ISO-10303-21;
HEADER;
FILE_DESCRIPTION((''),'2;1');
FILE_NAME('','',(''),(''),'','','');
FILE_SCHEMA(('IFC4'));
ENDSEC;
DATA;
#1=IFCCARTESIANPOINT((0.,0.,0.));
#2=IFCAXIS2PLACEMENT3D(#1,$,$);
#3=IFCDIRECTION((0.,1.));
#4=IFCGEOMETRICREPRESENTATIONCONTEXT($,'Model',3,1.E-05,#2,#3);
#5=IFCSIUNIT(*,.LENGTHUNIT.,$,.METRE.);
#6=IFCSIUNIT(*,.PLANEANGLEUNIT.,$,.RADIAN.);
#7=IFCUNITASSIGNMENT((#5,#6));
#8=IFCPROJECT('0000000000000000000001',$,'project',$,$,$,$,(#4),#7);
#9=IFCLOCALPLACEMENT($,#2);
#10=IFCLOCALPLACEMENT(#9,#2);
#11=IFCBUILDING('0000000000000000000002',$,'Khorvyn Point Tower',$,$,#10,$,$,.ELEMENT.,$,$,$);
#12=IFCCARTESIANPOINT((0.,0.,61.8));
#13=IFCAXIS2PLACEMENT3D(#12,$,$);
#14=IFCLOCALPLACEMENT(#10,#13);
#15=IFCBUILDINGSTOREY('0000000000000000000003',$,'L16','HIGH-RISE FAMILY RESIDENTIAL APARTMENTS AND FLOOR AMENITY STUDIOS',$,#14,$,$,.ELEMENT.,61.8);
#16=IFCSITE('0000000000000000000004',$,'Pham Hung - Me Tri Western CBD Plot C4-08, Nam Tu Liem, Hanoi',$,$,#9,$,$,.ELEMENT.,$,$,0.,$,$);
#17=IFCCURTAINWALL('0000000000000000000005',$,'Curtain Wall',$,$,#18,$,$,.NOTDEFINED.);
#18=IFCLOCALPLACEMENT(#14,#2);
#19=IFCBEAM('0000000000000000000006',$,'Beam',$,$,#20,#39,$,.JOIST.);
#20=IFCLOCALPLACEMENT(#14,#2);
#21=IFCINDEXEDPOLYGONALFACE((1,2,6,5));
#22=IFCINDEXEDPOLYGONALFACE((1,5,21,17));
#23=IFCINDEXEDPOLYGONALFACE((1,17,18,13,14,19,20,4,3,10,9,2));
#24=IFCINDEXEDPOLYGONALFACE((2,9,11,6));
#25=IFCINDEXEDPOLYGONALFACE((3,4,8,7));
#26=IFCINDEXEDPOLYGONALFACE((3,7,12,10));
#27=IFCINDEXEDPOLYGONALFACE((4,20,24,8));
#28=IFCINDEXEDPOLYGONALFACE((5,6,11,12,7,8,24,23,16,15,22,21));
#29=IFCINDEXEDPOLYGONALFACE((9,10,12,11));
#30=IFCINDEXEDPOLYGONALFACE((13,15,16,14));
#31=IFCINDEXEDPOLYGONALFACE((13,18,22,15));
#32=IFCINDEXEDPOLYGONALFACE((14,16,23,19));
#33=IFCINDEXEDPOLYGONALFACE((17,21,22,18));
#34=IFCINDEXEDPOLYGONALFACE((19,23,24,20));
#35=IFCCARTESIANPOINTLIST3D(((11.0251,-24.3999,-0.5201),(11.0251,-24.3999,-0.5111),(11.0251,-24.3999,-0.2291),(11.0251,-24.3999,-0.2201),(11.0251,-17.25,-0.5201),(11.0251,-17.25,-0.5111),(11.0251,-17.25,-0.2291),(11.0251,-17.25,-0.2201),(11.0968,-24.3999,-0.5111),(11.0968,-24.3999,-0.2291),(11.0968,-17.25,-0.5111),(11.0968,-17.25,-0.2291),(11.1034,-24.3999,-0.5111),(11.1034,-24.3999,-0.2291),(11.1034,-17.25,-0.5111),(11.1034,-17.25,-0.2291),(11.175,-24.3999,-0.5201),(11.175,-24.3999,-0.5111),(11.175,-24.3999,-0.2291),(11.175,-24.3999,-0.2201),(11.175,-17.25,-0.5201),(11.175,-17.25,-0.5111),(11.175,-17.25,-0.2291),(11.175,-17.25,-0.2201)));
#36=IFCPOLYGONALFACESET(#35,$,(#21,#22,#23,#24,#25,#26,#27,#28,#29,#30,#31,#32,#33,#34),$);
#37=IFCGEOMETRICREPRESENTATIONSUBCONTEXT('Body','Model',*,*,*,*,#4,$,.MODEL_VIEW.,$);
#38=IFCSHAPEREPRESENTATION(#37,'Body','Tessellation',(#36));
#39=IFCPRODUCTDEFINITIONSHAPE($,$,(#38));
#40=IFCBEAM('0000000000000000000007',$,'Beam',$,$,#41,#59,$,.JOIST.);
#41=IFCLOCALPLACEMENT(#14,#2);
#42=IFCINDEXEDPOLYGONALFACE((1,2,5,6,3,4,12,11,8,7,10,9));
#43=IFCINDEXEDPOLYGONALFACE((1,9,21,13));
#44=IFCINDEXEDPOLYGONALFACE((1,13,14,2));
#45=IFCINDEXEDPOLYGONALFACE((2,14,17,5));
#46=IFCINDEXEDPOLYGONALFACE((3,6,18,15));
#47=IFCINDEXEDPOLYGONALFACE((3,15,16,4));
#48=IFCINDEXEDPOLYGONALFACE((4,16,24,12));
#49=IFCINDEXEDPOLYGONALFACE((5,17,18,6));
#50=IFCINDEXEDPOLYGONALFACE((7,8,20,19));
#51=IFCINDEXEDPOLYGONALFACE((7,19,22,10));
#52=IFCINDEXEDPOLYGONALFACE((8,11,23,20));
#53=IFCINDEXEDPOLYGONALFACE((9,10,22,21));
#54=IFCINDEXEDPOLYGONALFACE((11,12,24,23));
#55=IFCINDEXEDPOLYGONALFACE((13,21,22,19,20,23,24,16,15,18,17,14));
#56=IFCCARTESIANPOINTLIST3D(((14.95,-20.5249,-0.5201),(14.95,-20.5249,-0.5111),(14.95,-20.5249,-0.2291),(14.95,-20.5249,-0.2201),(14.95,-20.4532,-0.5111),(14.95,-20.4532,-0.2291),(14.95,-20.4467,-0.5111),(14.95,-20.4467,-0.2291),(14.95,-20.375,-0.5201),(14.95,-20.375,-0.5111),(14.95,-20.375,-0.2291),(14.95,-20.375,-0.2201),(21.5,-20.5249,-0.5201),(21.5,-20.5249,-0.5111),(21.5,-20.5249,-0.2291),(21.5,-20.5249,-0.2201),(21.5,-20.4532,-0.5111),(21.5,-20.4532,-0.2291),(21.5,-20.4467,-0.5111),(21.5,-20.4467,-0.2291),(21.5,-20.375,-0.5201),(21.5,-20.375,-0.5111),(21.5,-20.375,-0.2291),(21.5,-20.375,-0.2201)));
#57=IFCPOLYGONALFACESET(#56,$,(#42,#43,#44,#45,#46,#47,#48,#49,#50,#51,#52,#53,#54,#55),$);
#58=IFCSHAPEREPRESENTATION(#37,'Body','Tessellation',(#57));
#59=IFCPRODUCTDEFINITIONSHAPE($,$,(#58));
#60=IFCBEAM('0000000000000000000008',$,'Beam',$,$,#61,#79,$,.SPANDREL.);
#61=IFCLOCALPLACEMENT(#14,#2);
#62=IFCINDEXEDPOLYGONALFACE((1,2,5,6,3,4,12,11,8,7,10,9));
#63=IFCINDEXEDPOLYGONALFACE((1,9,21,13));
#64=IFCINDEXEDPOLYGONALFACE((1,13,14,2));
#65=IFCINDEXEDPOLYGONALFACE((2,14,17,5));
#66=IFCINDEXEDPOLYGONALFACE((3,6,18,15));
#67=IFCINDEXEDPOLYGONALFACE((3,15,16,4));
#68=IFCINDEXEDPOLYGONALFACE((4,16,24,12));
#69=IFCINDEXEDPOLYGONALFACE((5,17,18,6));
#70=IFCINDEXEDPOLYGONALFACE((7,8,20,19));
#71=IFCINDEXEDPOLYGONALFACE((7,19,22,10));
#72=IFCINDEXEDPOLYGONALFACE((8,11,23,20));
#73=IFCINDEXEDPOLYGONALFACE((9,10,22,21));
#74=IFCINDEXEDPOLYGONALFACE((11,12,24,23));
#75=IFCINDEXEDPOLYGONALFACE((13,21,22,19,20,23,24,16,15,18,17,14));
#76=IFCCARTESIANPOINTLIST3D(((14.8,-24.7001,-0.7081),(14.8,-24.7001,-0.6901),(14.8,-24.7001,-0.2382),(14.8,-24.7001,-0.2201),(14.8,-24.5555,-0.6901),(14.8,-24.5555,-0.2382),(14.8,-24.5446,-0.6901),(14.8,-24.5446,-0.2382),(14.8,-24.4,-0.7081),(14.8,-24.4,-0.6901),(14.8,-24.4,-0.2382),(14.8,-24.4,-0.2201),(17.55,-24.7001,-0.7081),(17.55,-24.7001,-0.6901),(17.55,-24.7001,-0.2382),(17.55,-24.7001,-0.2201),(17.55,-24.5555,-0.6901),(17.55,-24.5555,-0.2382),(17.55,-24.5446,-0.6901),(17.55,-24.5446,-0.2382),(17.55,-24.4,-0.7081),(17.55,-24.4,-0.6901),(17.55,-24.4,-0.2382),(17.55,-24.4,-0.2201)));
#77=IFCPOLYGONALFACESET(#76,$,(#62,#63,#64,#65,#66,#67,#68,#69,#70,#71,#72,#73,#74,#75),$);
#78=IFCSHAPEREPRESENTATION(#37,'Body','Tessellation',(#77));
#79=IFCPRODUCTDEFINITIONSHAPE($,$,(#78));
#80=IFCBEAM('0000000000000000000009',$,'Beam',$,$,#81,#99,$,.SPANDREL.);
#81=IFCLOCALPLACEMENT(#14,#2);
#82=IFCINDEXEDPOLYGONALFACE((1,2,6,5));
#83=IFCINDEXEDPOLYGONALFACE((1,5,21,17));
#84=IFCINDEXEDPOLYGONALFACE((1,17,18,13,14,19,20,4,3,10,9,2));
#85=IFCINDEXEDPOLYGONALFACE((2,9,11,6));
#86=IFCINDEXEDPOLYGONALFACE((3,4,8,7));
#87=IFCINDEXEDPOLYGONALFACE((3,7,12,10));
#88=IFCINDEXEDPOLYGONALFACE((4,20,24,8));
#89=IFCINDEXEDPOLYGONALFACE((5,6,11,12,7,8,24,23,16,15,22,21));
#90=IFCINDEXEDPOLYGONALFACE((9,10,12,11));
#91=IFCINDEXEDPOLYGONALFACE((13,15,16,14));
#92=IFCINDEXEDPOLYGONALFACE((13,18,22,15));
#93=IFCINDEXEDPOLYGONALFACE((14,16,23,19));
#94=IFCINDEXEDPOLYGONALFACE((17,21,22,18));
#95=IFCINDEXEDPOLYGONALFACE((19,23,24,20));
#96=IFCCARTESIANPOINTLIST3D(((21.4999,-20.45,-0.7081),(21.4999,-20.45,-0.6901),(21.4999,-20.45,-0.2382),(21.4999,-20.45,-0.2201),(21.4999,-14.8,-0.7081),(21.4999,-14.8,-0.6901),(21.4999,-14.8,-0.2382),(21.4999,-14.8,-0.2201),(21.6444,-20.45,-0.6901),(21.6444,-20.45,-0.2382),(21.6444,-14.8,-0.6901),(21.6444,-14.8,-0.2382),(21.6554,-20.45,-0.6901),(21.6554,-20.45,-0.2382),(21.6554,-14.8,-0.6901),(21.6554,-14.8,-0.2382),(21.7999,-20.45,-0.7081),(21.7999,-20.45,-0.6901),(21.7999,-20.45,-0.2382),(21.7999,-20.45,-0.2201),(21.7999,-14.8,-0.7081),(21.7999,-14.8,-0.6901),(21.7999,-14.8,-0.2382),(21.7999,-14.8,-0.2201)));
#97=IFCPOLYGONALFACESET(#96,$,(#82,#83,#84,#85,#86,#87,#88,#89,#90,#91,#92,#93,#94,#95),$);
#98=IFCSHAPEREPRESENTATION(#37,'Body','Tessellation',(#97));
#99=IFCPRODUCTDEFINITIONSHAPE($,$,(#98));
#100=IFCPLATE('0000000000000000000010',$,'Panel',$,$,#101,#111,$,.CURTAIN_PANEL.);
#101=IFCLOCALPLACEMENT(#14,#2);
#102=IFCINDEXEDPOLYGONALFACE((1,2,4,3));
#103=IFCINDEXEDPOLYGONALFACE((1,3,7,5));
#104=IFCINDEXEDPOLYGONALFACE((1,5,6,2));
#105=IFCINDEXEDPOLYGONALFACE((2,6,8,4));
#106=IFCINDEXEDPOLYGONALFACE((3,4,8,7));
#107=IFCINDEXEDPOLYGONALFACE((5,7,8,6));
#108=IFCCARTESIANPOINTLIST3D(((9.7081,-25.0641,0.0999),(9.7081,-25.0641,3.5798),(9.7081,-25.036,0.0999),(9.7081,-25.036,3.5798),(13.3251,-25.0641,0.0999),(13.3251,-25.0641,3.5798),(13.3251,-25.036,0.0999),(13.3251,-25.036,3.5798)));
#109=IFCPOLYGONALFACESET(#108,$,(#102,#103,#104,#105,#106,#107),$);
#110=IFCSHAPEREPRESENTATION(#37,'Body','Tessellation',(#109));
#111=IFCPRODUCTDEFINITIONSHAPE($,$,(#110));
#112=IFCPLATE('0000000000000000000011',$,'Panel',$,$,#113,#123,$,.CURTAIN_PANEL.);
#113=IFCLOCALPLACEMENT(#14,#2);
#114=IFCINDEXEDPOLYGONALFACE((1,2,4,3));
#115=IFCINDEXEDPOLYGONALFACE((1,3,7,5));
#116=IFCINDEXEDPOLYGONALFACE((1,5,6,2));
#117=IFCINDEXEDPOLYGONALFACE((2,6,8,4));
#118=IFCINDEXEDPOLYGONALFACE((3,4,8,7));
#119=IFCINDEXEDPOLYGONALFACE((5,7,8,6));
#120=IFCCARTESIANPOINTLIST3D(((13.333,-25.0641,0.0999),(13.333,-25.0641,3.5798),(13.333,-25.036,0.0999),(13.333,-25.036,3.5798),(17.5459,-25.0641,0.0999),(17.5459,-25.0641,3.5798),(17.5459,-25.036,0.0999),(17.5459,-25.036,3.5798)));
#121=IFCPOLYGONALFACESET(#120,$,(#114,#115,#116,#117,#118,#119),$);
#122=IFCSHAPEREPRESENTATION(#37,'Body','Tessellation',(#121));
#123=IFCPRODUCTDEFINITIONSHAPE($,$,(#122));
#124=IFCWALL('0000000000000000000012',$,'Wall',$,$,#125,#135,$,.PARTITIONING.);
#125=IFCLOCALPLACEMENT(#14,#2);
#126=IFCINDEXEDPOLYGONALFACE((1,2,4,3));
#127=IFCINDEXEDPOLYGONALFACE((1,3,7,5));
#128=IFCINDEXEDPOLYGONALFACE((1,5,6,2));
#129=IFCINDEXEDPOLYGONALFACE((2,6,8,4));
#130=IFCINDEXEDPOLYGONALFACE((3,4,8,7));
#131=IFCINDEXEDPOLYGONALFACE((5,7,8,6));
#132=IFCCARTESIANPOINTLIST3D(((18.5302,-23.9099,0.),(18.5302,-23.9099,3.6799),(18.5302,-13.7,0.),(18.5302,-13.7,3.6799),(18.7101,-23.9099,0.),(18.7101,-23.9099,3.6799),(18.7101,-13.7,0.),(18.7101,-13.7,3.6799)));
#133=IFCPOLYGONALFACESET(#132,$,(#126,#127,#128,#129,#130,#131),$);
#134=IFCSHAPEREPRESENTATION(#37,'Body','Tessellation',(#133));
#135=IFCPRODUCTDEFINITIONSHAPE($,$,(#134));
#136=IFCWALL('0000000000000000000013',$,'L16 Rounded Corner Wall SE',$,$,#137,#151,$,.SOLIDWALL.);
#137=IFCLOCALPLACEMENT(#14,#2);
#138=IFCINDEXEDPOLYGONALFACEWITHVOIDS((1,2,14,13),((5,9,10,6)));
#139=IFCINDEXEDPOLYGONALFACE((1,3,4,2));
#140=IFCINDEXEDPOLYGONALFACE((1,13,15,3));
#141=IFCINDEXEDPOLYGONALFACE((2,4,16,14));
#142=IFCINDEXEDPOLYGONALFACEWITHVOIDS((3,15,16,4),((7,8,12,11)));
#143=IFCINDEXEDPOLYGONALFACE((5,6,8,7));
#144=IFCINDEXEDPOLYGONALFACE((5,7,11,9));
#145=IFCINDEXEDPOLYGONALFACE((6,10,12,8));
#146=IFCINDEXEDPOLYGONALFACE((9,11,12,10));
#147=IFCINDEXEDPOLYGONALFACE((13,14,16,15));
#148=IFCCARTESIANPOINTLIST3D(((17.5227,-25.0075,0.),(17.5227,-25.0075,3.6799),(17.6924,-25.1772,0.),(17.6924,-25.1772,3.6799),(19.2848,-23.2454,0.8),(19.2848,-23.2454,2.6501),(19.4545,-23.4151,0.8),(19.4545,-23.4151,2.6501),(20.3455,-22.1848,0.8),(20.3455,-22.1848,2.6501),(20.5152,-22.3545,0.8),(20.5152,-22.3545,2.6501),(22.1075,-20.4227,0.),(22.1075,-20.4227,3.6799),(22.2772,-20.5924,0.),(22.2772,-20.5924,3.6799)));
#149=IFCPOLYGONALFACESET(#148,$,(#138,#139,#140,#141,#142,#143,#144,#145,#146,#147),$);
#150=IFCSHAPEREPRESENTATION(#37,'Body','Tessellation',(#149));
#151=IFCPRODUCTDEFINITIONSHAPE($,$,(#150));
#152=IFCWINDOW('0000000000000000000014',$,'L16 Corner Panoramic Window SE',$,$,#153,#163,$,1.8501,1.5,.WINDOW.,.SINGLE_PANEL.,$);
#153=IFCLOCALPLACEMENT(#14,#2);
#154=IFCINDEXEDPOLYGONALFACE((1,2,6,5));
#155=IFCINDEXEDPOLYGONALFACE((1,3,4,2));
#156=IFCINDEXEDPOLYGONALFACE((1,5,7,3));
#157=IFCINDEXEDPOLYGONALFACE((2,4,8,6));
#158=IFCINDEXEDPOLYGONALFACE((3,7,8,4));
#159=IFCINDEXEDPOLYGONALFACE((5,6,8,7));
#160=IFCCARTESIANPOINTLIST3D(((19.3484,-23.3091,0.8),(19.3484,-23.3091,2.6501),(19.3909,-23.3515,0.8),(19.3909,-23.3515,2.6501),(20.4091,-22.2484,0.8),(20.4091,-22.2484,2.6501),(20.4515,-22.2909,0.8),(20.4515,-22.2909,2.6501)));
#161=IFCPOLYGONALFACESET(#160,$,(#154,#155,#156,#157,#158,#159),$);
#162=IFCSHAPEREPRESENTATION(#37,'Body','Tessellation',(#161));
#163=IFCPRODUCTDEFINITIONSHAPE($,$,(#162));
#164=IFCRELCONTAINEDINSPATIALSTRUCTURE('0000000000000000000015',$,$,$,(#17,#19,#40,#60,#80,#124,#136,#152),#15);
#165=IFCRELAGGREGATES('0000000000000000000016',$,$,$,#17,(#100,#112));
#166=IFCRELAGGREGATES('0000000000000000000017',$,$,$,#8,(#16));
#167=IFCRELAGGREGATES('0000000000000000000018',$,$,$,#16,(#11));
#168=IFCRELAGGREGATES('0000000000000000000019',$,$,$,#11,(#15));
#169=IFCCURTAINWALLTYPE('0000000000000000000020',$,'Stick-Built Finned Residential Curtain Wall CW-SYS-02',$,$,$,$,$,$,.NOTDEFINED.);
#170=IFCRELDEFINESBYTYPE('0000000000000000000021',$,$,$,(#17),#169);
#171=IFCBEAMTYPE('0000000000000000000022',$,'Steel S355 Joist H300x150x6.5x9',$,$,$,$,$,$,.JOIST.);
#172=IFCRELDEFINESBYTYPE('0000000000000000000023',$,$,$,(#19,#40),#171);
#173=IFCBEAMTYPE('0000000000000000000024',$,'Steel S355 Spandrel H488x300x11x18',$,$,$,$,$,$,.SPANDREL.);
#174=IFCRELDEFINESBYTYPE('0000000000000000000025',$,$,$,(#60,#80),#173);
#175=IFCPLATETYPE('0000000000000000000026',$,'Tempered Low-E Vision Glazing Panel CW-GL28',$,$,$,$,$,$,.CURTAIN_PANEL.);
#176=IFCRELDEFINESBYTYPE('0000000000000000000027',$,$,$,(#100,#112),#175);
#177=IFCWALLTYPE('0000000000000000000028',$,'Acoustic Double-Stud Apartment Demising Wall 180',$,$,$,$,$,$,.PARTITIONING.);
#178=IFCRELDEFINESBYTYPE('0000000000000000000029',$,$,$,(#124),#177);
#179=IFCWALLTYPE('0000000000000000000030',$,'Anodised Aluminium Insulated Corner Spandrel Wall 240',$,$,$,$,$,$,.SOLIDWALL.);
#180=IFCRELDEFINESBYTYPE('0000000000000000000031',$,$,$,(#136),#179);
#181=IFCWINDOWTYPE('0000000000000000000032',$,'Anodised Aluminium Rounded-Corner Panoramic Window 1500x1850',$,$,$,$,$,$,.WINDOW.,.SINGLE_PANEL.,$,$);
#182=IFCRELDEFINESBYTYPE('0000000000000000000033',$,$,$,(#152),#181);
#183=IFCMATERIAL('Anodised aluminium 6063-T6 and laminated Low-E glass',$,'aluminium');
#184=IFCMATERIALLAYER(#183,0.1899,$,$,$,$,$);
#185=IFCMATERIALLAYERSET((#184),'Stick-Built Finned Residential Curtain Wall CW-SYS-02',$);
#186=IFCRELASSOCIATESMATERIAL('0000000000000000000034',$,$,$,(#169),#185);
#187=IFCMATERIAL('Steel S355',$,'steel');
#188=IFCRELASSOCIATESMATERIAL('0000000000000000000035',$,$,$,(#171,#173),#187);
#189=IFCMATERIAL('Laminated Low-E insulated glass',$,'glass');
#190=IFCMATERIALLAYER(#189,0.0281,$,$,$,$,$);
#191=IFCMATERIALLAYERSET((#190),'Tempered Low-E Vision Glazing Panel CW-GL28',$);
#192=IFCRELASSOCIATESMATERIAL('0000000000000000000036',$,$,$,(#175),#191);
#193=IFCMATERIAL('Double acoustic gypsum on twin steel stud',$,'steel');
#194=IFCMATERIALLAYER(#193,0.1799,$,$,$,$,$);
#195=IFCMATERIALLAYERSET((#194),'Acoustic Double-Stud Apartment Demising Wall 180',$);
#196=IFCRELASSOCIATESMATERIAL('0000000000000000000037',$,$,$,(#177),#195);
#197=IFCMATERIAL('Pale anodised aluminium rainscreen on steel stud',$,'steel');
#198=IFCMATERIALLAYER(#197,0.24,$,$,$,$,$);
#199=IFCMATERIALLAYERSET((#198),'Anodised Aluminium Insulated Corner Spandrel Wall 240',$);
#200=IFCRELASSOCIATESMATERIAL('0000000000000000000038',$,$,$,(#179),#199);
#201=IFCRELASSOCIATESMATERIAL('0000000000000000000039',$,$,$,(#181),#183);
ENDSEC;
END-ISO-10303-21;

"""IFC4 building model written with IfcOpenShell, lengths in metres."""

from ifc_helpers import new_model, si_unit, direction, frame, frame_2d, origin, origin_2d, place, context, subcontext, project, spatial, rectangle, i_section, extrude, material, layer, layer_set, material_profile, profile_set, type_object, element, fill, aggregate, save


model = new_model("IFC4")

# Units and contexts
model_context = context("Model", 3, precision=1e-05, world=origin(), true_north=direction((0.0, 1.0)))
body_context = subcontext(model_context, "Body", "Model", "MODEL_VIEW")
ifc_project = project(units=[si_unit("LENGTHUNIT", "METRE"), si_unit("PLANEANGLEUNIT", "RADIAN")], contexts=[model_context])

# Site, building, storey
site_placement = place(None, origin())
site = spatial("IfcSite", under=ifc_project, at=site_placement, Name="Pham Hung - Me Tri Western CBD Plot C4-08, Nam Tu Liem, Hanoi", CompositionType="ELEMENT", RefElevation=0.0)
building_placement = place(site_placement, origin())
building = spatial("IfcBuilding", under=site, at=building_placement, Name="Khorvyn Point Tower", CompositionType="ELEMENT")
storey_placement = place(building_placement, frame((0.0, 0.0, 61.8)))
storey = spatial("IfcBuildingStorey", under=building, at=storey_placement, Name="L16", Description="HIGH-RISE FAMILY RESIDENTIAL APARTMENTS AND FLOOR AMENITY STUDIOS", CompositionType="ELEMENT", Elevation=61.8)

# Curtain wall
ifc_material_1 = material(Name="Anodised aluminium 6063-T6 and laminated Low-E glass", Category="aluminium")
ifc_layer_1 = layer(ifc_material_1, 0.1899)
ifc_layer_set_1 = layer_set([ifc_layer_1], Name="Stick-Built Finned Residential Curtain Wall CW-SYS-02")
curtain_wall_type = type_object("IfcCurtainWallType", Name="Stick-Built Finned Residential Curtain Wall CW-SYS-02", PredefinedType="NOTDEFINED", material=ifc_layer_set_1)
curtain_wall_1_placement = place(storey_placement, origin())
curtain_wall_1 = element("IfcCurtainWall", 1, at=curtain_wall_1_placement, inside=storey, type_object=curtain_wall_type, Name="Curtain Wall", PredefinedType="NOTDEFINED")

# Beams
ifc_material_2 = material(Name="Steel S355", Category="steel")
ifc_material_profile_1 = material_profile(ifc_material_2, i_section(OverallWidth=0.1499, OverallDepth=0.3, WebThickness=0.0066, FlangeThickness=0.009, at=origin_2d()))
ifc_profile_set_1 = profile_set([ifc_material_profile_1], Name="Steel S355 H300x150x6.5x9")
beam_type_1 = type_object("IfcBeamType", Name="Steel S355 Joist H300x150x6.5x9", PredefinedType="JOIST", material=ifc_profile_set_1)
beam_1_placement = place(storey_placement, frame((11.1001, -24.3999, -0.3701), z_axis=(0.0, 1.0, 0.0), x_axis=(-1.0, 0.0, 0.0)))
element("IfcBeam", 2, at=beam_1_placement, inside=storey, type_object=beam_type_1, Name="Beam", PredefinedType="JOIST", context=body_context, shape_type="SweptSolid", body=[
    extrude(i_section(OverallWidth=0.1499, OverallDepth=0.3, WebThickness=0.0066, FlangeThickness=0.009, at=origin_2d()), origin(), (0.0, 0.0, 1.0), 7.1499),
])
beam_2_placement = place(storey_placement, frame((14.95, -20.45, -0.3701), z_axis=(1.0, 0.0, 0.0), x_axis=(0.0, 1.0, 0.0)))
element("IfcBeam", 3, at=beam_2_placement, inside=storey, type_object=beam_type_1, Name="Beam", PredefinedType="JOIST", context=body_context, shape_type="SweptSolid", body=[
    extrude(i_section(OverallWidth=0.1499, OverallDepth=0.3, WebThickness=0.0066, FlangeThickness=0.009, at=origin_2d()), origin(), (0.0, 0.0, 1.0), 6.55),
])
ifc_material_profile_2 = material_profile(ifc_material_2, i_section(OverallWidth=0.3, OverallDepth=0.488, WebThickness=0.011, FlangeThickness=0.0181, at=origin_2d()))
ifc_profile_set_2 = profile_set([ifc_material_profile_2], Name="Steel S355 H488x300x11x18")
beam_type_2 = type_object("IfcBeamType", Name="Steel S355 Spandrel H488x300x11x18", PredefinedType="SPANDREL", material=ifc_profile_set_2)
beam_3_placement = place(storey_placement, frame((14.8, -24.55, -0.4641), z_axis=(1.0, 0.0, 0.0), x_axis=(0.0, 1.0, 0.0)))
element("IfcBeam", 4, at=beam_3_placement, inside=storey, type_object=beam_type_2, Name="Beam", PredefinedType="SPANDREL", context=body_context, shape_type="SweptSolid", body=[
    extrude(i_section(OverallWidth=0.3, OverallDepth=0.488, WebThickness=0.011, FlangeThickness=0.0181, at=origin_2d()), origin(), (0.0, 0.0, 1.0), 2.75),
])
beam_4_placement = place(storey_placement, frame((21.6499, -20.45, -0.4641), z_axis=(0.0, 1.0, 0.0), x_axis=(-1.0, 0.0, 0.0)))
element("IfcBeam", 5, at=beam_4_placement, inside=storey, type_object=beam_type_2, Name="Beam", PredefinedType="SPANDREL", context=body_context, shape_type="SweptSolid", body=[
    extrude(i_section(OverallWidth=0.3, OverallDepth=0.488, WebThickness=0.011, FlangeThickness=0.0181, at=origin_2d()), origin(), (0.0, 0.0, 1.0), 5.6499),
])

# Plates
ifc_material_3 = material(Name="Laminated Low-E insulated glass", Category="glass")
ifc_layer_2 = layer(ifc_material_3, 0.0281)
ifc_layer_set_2 = layer_set([ifc_layer_2], Name="Tempered Low-E Vision Glazing Panel CW-GL28")
plate_type = type_object("IfcPlateType", Name="Tempered Low-E Vision Glazing Panel CW-GL28", PredefinedType="CURTAIN_PANEL", material=ifc_layer_set_2)
plate_1_placement = place(storey_placement, frame((11.5166, -25.05, 0.0999), z_axis=(0.0, 0.0, 1.0), x_axis=(-1.0, 0.0, 0.0)))
plate_1 = element("IfcPlate", 6, at=plate_1_placement, type_object=plate_type, Name="Panel", PredefinedType="CURTAIN_PANEL", context=body_context, shape_type="SweptSolid", body=[
    extrude(rectangle(XDim=3.6169, YDim=0.0281, at=origin_2d()), origin(), (0.0, 0.0, 1.0), 3.48),
])
plate_2_placement = place(storey_placement, frame((15.4395, -25.05, 0.0999), z_axis=(0.0, 0.0, 1.0), x_axis=(-1.0, 0.0, 0.0)))
plate_2 = element("IfcPlate", 7, at=plate_2_placement, type_object=plate_type, Name="Panel", PredefinedType="CURTAIN_PANEL", context=body_context, shape_type="SweptSolid", body=[
    extrude(rectangle(XDim=4.2129, YDim=0.0281, at=origin_2d()), origin(), (0.0, 0.0, 1.0), 3.48),
])
aggregate(curtain_wall_1, [plate_1, plate_2])

# Wall
ifc_material_4 = material(Name="Double acoustic gypsum on twin steel stud", Category="steel")
ifc_layer_3 = layer(ifc_material_4, 0.1799)
ifc_layer_set_3 = layer_set([ifc_layer_3], Name="Acoustic Double-Stud Apartment Demising Wall 180")
wall_type_1 = type_object("IfcWallType", Name="Acoustic Double-Stud Apartment Demising Wall 180", PredefinedType="PARTITIONING", material=ifc_layer_set_3)
wall_1_placement = place(storey_placement, frame((18.6201, -23.9099, 0.0), z_axis=(0.0, 0.0, 1.0), x_axis=(0.0, 1.0, 0.0)))
element("IfcWall", 8, at=wall_1_placement, inside=storey, type_object=wall_type_1, Name="Wall", PredefinedType="PARTITIONING", context=body_context, shape_type="SweptSolid", body=[
    extrude(rectangle(XDim=10.21, YDim=0.1799, at=frame_2d((5.105, 0.0))), origin(), (0.0, 0.0, 1.0), 3.6799),
])

# Wall, opening, window
ifc_material_5 = material(Name="Pale anodised aluminium rainscreen on steel stud", Category="steel")
ifc_layer_4 = layer(ifc_material_5, 0.24)
ifc_layer_set_4 = layer_set([ifc_layer_4], Name="Anodised Aluminium Insulated Corner Spandrel Wall 240")
wall_type_2 = type_object("IfcWallType", Name="Anodised Aluminium Insulated Corner Spandrel Wall 240", PredefinedType="SOLIDWALL", material=ifc_layer_set_4)
wall_2_placement = place(storey_placement, frame((22.1924, -20.5076, 0.0), z_axis=(0.0, 0.0, 1.0), x_axis=(-0.707107, -0.707107, 0.0)))
wall_2 = element("IfcWall", 9, at=wall_2_placement, inside=storey, type_object=wall_type_2, Name="L16 Rounded Corner Wall SE", PredefinedType="SOLIDWALL", context=body_context, shape_type="SweptSolid", body=[
    extrude(rectangle(XDim=6.4839, YDim=0.24, at=frame_2d((3.2419, 0.0))), origin(), (0.0, 0.0, 1.0), 3.6799),
])
opening_1_placement = place(wall_2_placement, frame((2.4919, 0.0, 0.8)))
opening_1 = element("IfcOpeningElement", 10, at=opening_1_placement, cuts=wall_2, PredefinedType="OPENING", context=body_context, shape_type="SweptSolid", body=[
    extrude(rectangle(XDim=1.5, YDim=1.8501, at=frame_2d((0.75, 0.925))), frame((0.0, 0.1299, 0.0), z_axis=(0.0, -1.0, 0.0), x_axis=(1.0, 0.0, 0.0)), (0.0, 0.0, 1.0), 0.26),
])
window_type = type_object("IfcWindowType", Name="Anodised Aluminium Rounded-Corner Panoramic Window 1500x1850", PartitioningType="SINGLE_PANEL", PredefinedType="WINDOW", material=ifc_material_1)
window_placement = place(opening_1_placement, origin())
window = element("IfcWindow", 11, at=window_placement, inside=storey, type_object=window_type, Name="L16 Corner Panoramic Window SE", OverallHeight=1.8501, OverallWidth=1.5, PartitioningType="SINGLE_PANEL", PredefinedType="WINDOW", context=body_context, shape_type="SweptSolid", body=[
    extrude(rectangle(XDim=1.5, YDim=1.8501, at=frame_2d((0.75, 0.925))), frame((0.0, 0.03, 0.0), z_axis=(0.0, -1.0, 0.0), x_axis=(1.0, 0.0, 0.0)), (0.0, 0.0, 1.0), 0.0601),
])
fill(opening_1, window)

save(model, "model.ifc")
